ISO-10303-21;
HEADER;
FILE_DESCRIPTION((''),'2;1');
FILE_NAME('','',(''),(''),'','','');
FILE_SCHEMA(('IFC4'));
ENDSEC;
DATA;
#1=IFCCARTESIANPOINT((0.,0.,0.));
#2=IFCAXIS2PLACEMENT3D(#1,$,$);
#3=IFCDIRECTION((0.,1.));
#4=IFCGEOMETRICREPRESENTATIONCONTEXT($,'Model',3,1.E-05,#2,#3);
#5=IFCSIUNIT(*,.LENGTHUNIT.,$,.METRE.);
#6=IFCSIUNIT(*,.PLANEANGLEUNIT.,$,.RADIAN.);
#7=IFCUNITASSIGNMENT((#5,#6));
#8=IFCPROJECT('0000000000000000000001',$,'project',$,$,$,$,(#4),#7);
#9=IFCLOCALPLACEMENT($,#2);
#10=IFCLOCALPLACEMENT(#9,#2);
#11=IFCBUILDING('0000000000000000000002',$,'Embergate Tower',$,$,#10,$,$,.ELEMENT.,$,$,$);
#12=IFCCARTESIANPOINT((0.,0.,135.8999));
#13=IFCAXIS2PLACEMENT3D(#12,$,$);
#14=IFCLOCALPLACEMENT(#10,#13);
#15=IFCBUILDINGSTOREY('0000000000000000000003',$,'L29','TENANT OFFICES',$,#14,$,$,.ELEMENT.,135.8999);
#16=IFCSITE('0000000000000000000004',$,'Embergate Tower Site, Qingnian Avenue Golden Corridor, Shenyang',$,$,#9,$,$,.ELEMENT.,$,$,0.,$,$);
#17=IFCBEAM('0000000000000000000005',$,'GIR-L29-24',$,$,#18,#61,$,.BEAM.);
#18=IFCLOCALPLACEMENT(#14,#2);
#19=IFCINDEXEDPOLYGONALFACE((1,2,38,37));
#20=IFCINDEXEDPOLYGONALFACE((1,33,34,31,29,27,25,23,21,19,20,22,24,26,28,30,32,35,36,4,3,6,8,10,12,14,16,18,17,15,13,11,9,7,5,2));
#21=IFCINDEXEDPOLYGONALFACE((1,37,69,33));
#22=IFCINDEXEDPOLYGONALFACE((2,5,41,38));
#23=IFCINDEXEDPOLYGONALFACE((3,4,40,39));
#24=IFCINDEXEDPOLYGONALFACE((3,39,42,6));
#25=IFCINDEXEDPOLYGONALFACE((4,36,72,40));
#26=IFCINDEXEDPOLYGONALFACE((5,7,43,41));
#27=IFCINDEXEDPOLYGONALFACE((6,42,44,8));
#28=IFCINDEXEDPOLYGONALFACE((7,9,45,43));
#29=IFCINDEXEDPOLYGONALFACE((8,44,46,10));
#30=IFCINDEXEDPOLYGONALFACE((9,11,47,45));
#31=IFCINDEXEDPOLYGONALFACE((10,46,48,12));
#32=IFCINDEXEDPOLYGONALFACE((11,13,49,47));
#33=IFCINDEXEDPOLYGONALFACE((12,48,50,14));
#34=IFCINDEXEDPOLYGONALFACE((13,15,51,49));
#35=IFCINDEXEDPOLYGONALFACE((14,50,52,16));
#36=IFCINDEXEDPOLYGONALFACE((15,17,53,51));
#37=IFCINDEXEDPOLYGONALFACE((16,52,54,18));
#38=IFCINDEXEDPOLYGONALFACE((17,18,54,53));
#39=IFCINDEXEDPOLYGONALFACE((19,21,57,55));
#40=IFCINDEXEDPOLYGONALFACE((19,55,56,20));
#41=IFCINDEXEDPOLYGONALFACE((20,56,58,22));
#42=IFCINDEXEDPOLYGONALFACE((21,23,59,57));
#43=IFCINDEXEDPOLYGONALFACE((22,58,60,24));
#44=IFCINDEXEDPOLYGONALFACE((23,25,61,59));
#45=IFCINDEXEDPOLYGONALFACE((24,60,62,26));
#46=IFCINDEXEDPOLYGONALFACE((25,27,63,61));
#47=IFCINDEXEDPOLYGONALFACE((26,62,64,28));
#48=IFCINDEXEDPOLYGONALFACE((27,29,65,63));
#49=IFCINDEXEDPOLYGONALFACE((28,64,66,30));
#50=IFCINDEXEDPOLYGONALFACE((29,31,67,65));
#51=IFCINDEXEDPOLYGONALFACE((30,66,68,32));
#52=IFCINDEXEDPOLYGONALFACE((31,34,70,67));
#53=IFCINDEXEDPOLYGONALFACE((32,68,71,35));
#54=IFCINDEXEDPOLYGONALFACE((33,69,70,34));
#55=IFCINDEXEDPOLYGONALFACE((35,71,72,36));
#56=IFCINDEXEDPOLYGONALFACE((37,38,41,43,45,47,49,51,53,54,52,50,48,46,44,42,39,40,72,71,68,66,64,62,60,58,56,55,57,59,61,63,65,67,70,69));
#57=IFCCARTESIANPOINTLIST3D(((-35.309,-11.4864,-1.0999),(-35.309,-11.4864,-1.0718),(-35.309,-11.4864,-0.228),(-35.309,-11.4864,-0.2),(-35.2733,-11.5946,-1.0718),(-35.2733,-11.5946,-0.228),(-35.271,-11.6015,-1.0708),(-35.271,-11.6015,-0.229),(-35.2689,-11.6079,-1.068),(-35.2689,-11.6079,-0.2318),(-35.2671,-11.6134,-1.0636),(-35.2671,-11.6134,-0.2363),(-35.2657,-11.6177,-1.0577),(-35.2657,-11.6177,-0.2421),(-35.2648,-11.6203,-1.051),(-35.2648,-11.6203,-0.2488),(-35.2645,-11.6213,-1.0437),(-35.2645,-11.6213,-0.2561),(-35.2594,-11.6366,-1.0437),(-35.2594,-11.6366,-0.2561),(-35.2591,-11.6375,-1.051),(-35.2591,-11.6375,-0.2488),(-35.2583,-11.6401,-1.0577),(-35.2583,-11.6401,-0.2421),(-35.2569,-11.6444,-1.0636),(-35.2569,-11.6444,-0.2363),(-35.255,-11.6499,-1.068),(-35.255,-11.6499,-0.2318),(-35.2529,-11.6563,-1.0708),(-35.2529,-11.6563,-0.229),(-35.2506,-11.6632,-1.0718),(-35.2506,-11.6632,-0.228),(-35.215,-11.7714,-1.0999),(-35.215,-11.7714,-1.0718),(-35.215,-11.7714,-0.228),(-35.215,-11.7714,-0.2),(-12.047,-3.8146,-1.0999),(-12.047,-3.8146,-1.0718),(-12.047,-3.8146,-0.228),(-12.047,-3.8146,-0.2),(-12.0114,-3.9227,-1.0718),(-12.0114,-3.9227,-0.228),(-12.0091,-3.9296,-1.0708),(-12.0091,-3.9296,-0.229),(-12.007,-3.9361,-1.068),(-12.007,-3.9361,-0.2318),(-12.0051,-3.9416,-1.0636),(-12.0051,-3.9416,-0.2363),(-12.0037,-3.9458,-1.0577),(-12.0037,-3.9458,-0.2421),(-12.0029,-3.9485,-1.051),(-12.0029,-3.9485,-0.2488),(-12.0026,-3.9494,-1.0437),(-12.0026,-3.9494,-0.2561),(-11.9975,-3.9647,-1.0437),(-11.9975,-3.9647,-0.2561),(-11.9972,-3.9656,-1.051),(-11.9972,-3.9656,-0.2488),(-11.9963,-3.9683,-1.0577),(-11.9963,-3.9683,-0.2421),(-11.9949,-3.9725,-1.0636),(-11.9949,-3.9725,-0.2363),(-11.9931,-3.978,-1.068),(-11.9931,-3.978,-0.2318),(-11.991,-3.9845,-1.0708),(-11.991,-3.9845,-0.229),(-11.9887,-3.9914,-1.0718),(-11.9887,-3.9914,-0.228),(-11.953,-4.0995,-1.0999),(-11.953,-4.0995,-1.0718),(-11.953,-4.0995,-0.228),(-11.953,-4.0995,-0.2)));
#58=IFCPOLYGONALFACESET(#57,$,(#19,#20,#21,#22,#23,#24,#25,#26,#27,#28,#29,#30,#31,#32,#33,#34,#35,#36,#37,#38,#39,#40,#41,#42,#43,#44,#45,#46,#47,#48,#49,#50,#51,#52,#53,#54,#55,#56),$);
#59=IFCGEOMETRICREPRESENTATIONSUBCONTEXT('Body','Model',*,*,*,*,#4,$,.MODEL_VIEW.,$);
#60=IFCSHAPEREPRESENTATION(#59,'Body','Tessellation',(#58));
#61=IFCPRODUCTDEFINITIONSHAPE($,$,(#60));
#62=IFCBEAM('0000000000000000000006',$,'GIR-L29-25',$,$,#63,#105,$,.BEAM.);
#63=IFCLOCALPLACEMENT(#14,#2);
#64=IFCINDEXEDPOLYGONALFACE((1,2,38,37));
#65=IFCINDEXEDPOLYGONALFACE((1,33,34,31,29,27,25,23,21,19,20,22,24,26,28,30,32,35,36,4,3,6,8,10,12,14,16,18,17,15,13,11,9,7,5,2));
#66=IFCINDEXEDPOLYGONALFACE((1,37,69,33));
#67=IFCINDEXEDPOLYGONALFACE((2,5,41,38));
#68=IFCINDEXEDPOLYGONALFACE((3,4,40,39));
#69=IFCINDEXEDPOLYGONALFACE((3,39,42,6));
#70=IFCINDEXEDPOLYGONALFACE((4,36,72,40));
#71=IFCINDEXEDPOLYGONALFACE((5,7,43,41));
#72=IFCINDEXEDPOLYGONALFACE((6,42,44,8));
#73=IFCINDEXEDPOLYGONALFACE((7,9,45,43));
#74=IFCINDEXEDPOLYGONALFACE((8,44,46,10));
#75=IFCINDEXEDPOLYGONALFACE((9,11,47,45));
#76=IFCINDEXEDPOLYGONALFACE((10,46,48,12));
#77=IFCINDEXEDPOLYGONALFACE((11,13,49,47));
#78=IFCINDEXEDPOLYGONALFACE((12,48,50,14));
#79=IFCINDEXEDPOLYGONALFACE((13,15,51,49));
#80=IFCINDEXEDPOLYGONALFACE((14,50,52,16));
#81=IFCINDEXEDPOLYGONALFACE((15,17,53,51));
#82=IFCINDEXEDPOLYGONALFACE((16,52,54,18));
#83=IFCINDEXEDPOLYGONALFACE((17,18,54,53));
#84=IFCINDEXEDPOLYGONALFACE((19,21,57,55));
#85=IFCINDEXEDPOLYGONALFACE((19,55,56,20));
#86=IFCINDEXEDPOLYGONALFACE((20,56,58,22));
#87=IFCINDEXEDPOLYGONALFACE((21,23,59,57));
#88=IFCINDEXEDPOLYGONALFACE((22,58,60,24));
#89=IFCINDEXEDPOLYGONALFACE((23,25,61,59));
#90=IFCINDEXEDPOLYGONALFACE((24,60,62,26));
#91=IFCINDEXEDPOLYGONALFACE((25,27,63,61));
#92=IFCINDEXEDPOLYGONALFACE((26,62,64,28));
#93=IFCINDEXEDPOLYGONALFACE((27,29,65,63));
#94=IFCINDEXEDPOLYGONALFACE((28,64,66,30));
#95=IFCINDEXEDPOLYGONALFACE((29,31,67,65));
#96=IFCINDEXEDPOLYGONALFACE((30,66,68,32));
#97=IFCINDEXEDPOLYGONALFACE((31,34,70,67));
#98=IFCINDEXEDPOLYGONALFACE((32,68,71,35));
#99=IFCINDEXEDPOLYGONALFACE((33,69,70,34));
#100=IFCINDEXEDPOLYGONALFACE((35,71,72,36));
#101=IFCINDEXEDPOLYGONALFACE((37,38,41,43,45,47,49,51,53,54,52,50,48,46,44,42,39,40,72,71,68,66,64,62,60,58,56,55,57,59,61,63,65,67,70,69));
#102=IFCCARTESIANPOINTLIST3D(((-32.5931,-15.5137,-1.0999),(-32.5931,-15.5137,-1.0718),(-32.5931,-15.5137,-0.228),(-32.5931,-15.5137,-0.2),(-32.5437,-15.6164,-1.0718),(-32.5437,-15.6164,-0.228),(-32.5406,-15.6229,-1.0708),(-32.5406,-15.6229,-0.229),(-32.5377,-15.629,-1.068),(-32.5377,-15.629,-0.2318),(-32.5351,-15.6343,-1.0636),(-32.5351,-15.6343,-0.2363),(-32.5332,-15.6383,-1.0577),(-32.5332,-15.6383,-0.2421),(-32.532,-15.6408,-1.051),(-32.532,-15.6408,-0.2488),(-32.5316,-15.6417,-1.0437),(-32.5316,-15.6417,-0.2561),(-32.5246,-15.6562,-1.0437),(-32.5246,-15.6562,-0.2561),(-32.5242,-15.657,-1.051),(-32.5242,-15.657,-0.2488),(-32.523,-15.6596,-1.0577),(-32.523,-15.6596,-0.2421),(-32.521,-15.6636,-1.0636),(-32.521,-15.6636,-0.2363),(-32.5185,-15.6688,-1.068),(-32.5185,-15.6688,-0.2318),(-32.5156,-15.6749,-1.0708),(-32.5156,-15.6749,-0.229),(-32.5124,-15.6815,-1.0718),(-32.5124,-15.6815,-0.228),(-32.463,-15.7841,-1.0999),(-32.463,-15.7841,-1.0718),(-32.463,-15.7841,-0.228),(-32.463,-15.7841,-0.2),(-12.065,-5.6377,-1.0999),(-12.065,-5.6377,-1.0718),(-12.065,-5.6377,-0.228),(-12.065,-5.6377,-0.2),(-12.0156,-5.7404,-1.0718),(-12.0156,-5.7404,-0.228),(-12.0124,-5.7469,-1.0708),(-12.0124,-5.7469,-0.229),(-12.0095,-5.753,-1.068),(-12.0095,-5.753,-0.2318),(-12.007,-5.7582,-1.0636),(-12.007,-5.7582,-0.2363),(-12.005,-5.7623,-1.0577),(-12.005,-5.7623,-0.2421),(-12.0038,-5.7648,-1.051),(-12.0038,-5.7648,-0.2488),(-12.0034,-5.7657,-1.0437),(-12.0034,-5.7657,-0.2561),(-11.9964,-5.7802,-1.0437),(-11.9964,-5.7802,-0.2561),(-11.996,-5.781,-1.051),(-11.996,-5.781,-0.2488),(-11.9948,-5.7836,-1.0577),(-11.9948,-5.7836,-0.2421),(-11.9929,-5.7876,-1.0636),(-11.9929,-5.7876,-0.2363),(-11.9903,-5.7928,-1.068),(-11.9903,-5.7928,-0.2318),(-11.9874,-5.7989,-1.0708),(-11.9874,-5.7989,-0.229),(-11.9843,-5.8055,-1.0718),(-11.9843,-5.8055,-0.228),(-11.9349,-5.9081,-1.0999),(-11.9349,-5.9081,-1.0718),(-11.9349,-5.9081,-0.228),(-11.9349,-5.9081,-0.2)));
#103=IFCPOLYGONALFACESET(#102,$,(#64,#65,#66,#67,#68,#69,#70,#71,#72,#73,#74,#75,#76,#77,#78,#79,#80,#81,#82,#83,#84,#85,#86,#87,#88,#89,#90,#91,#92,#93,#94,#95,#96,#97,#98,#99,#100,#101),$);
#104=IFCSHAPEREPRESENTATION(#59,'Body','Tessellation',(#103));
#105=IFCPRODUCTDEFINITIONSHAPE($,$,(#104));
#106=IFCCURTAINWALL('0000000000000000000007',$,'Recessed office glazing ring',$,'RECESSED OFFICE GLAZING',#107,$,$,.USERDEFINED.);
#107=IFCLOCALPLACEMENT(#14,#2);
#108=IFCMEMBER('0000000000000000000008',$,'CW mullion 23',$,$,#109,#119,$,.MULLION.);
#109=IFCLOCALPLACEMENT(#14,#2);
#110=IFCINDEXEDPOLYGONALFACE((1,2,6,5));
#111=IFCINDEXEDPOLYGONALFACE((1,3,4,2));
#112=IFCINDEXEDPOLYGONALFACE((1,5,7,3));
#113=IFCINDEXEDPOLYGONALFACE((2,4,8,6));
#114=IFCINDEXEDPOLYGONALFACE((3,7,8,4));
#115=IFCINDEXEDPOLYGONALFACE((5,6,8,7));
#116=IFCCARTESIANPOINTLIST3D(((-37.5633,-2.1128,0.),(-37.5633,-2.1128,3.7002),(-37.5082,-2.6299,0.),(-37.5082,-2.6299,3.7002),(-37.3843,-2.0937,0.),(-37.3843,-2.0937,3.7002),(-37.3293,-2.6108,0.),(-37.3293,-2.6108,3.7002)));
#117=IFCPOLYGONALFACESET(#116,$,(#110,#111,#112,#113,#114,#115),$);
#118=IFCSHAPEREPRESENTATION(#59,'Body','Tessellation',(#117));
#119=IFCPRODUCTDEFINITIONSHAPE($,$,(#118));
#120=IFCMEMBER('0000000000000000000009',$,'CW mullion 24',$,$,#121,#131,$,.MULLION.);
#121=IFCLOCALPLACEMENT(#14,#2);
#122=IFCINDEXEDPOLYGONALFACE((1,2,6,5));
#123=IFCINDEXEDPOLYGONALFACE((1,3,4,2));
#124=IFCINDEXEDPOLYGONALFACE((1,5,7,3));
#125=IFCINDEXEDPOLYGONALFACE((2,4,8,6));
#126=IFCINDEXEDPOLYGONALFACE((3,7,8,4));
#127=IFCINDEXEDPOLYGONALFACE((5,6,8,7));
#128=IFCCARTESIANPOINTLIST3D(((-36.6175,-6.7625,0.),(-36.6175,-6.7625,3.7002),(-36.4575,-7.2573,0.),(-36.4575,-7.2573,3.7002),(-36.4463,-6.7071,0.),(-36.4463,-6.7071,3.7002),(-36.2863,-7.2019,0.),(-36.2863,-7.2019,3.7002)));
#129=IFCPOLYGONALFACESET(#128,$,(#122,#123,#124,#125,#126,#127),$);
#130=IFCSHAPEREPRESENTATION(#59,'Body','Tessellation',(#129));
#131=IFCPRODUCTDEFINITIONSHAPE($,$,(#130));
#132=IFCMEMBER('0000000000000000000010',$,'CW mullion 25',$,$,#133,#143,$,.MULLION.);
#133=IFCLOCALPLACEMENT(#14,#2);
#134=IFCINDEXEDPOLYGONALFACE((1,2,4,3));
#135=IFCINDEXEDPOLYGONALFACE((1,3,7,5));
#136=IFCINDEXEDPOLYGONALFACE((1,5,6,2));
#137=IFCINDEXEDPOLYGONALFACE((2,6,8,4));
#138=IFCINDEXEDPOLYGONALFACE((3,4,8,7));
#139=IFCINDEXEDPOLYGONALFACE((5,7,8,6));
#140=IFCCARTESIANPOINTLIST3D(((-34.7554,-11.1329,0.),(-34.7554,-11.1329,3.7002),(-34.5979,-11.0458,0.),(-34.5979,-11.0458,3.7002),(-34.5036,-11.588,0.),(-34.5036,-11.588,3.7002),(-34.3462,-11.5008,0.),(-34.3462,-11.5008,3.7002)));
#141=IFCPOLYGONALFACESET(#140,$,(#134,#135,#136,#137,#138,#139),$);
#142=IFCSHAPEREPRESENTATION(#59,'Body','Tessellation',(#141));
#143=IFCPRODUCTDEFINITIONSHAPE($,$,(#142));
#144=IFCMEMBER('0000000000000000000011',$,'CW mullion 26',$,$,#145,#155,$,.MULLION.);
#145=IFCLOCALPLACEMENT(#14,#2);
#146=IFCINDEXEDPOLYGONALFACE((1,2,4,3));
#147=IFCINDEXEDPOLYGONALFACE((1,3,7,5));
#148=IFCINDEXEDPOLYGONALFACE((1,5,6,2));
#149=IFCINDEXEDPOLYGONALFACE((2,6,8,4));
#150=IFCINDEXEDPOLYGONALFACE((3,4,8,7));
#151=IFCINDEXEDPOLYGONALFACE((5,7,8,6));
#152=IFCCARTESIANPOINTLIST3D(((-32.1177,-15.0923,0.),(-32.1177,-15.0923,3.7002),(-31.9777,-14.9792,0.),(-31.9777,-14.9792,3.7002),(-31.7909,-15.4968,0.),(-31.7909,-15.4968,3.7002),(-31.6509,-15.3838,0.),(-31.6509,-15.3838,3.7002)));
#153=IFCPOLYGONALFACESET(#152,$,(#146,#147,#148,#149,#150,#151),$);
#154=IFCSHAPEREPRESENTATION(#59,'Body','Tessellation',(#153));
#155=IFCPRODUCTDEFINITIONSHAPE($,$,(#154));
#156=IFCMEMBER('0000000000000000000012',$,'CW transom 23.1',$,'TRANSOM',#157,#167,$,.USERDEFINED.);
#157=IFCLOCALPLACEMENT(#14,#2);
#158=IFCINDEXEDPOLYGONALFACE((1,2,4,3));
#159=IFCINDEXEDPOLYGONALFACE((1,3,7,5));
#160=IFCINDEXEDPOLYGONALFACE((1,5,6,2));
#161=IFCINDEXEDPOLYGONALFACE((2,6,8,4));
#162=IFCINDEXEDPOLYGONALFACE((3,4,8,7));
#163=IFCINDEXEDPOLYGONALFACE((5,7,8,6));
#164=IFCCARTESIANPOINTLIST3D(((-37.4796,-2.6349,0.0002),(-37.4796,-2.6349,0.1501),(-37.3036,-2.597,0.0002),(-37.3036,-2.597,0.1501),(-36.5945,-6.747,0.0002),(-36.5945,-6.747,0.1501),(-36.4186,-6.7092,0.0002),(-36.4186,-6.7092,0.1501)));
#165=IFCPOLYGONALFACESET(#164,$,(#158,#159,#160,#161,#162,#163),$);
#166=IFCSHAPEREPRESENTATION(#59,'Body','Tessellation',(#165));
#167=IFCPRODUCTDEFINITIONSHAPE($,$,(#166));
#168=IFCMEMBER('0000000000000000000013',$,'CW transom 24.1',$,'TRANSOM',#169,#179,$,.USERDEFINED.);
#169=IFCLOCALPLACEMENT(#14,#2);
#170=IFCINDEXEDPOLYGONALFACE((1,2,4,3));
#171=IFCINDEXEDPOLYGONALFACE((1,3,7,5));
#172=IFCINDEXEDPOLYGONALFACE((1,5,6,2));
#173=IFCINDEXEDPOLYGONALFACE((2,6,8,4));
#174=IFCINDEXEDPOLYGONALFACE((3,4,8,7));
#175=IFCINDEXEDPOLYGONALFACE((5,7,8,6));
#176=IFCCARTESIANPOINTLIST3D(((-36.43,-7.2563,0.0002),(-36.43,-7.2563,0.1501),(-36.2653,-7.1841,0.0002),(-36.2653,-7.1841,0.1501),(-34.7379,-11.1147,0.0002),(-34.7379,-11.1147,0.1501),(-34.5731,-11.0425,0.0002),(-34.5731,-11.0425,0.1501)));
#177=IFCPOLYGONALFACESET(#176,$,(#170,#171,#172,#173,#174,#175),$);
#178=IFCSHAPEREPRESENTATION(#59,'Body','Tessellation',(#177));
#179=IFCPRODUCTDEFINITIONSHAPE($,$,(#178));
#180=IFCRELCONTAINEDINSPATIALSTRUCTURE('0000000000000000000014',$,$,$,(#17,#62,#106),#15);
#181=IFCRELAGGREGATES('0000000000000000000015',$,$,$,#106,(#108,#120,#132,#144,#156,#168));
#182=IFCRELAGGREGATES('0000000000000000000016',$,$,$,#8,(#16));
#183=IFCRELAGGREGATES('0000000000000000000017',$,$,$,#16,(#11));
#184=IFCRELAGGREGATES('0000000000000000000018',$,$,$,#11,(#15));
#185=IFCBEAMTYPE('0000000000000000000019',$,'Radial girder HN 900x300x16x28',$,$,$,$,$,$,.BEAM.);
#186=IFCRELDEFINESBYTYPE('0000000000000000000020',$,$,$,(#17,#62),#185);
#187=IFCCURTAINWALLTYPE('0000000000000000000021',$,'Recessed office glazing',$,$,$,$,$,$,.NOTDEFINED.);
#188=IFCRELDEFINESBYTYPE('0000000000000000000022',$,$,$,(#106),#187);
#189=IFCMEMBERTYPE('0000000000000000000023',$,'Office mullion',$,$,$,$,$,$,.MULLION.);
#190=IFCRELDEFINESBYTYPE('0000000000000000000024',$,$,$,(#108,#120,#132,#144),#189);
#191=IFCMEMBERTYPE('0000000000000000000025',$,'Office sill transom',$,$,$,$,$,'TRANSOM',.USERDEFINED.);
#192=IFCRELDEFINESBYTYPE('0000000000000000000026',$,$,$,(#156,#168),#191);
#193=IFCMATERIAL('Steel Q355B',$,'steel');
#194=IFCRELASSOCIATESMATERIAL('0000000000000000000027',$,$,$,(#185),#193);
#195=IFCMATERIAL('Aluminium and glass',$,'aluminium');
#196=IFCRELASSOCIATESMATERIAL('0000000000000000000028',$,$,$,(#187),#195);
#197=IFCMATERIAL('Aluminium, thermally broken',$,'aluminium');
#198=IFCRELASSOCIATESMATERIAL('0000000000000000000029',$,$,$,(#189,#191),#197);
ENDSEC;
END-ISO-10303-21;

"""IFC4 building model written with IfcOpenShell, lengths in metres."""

from ifc_helpers import new_model, si_unit, direction, frame, origin, origin_2d, place, context, subcontext, project, spatial, rectangle, i_section, extrude, source, transform, mapped, material, material_profile, profile_set, type_object, element, aggregate, save


model = new_model("IFC4")

# Units and contexts
model_context = context("Model", 3, precision=1e-05, world=origin(), true_north=direction((0.0, 1.0)))
body_context = subcontext(model_context, "Body", "Model", "MODEL_VIEW")
ifc_project = project(units=[si_unit("LENGTHUNIT", "METRE"), si_unit("PLANEANGLEUNIT", "RADIAN")], contexts=[model_context])

# Site, building, storey
site_placement = place(None, origin())
site = spatial("IfcSite", under=ifc_project, at=site_placement, Name="Embergate Tower Site, Qingnian Avenue Golden Corridor, Shenyang", CompositionType="ELEMENT", RefElevation=0.0)
building_placement = place(site_placement, origin())
building = spatial("IfcBuilding", under=site, at=building_placement, Name="Embergate Tower", CompositionType="ELEMENT")
storey_placement = place(building_placement, frame((0.0, 0.0, 135.8999)))
storey = spatial("IfcBuildingStorey", under=building, at=storey_placement, Name="L29", Description="TENANT OFFICES", CompositionType="ELEMENT", Elevation=135.8999)

# Beams
ifc_material_1 = material(Name="Steel Q355B", Category="steel")
ifc_material_profile_1 = material_profile(ifc_material_1, i_section(OverallWidth=0.3, OverallDepth=0.8999, WebThickness=0.0161, FlangeThickness=0.0281, FilletRadius=0.0281, at=origin_2d()), Name="HN 900x300x16x28")
ifc_profile_set_1 = profile_set([ifc_material_profile_1], Name="Steel Q355 grade B")
beam_type_1 = type_object("IfcBeamType", Name="Radial girder HN 900x300x16x28", PredefinedType="BEAM", material=ifc_profile_set_1)
shared_shape_1 = source(origin(), body_context, "Body", "SweptSolid", [
    extrude(i_section(OverallWidth=0.3, OverallDepth=0.8999, WebThickness=0.0161, FlangeThickness=0.0281, FilletRadius=0.0281, at=origin_2d()), origin(), (0.0, 0.0, 1.0), 24.4944),
])
beam_1_placement = place(storey_placement, frame((-35.262, -11.6289, -0.6499), z_axis=(0.949684, 0.313209, 0.0), x_axis=(-0.313209, 0.949684, 0.0)))
element("IfcBeam", 1, at=beam_1_placement, inside=storey, type_object=beam_type_1, Name="GIR-L29-24", PredefinedType="BEAM", context=body_context, shape_type="MappedRepresentation", body=[
    mapped(shared_shape_1, transform((0.0, 0.0, 0.0))),
])
shared_shape_2 = source(origin(), body_context, "Body", "SweptSolid", [
    extrude(i_section(OverallWidth=0.3, OverallDepth=0.8999, WebThickness=0.0161, FlangeThickness=0.0281, FilletRadius=0.0281, at=origin_2d()), origin(), (0.0, 0.0, 1.0), 22.7803),
])
beam_2_placement = place(storey_placement, frame((-32.5281, -15.6489, -0.6499), z_axis=(0.901137, 0.433534, 0.0), x_axis=(-0.433534, 0.901137, 0.0)))
element("IfcBeam", 2, at=beam_2_placement, inside=storey, type_object=beam_type_1, Name="GIR-L29-25", PredefinedType="BEAM", context=body_context, shape_type="MappedRepresentation", body=[
    mapped(shared_shape_2, transform((0.0, 0.0, 0.0))),
])

# Curtain wall, members
ifc_material_2 = material(Name="Aluminium and glass", Category="aluminium")
curtain_wall_type = type_object("IfcCurtainWallType", Name="Recessed office glazing", PredefinedType="NOTDEFINED", material=ifc_material_2)
curtain_wall_placement = place(storey_placement, origin())
curtain_wall = element("IfcCurtainWall", 3, at=curtain_wall_placement, inside=storey, type_object=curtain_wall_type, Name="Recessed office glazing ring", ObjectType="RECESSED OFFICE GLAZING", PredefinedType="USERDEFINED")
ifc_material_3 = material(Name="Aluminium, thermally broken", Category="aluminium")
ifc_material_profile_2 = material_profile(ifc_material_3, rectangle(XDim=0.1799, YDim=0.52, at=origin_2d()), Name="AL 520x180")
ifc_profile_set_2 = profile_set([ifc_material_profile_2], Name="Aluminium, thermally broken")
member_type_1 = type_object("IfcMemberType", Name="Office mullion", PredefinedType="MULLION", material=ifc_profile_set_2)
shared_shape_3 = source(origin(), body_context, "Body", "SweptSolid", [
    extrude(rectangle(XDim=0.1799, YDim=0.52, at=origin_2d()), origin(), (0.0, 0.0, 1.0), 3.7002),
])
member_1_placement = place(storey_placement, frame((-37.4463, -2.3618, 0.0), z_axis=(0.0, 0.0, 1.0), x_axis=(0.994385, 0.105823, 0.0)))
member_1 = element("IfcMember", 4, at=member_1_placement, type_object=member_type_1, Name="CW mullion 23", PredefinedType="MULLION", context=body_context, shape_type="MappedRepresentation", body=[
    mapped(shared_shape_3, transform((0.0, 0.0, 0.0))),
])
member_2_placement = place(storey_placement, frame((-36.4519, -6.9822, 0.0), z_axis=(0.0, 0.0, 1.0), x_axis=(0.951498, 0.307656, 0.0)))
member_2 = element("IfcMember", 5, at=member_2_placement, type_object=member_type_1, Name="CW mullion 24", PredefinedType="MULLION", context=body_context, shape_type="MappedRepresentation", body=[
    mapped(shared_shape_3, transform((0.0, 0.0, 0.0))),
])
member_3_placement = place(storey_placement, frame((-34.5508, -11.3169, 0.0), z_axis=(0.0, 0.0, 1.0), x_axis=(0.875002, 0.484119, 0.0)))
member_3 = element("IfcMember", 6, at=member_3_placement, type_object=member_type_1, Name="CW mullion 25", PredefinedType="MULLION", context=body_context, shape_type="MappedRepresentation", body=[
    mapped(shared_shape_3, transform((0.0, 0.0, 0.0))),
])
member_4_placement = place(storey_placement, frame((-31.8843, -15.238, 0.0), z_axis=(0.0, 0.0, 1.0), x_axis=(0.777871, 0.628423, 0.0)))
member_4 = element("IfcMember", 7, at=member_4_placement, type_object=member_type_1, Name="CW mullion 26", PredefinedType="MULLION", context=body_context, shape_type="MappedRepresentation", body=[
    mapped(shared_shape_3, transform((0.0, 0.0, 0.0))),
])
ifc_material_profile_3 = material_profile(ifc_material_3, rectangle(XDim=0.1799, YDim=0.1499, at=origin_2d()), Name="AL 150x180")
ifc_profile_set_3 = profile_set([ifc_material_profile_3], Name="Aluminium, thermally broken")
member_type_2 = type_object("IfcMemberType", Name="Office sill transom", ElementType="TRANSOM", PredefinedType="USERDEFINED", material=ifc_profile_set_3)
shared_shape_4 = source(origin(), body_context, "Body", "SweptSolid", [
    extrude(rectangle(XDim=0.1799, YDim=0.1499, at=origin_2d()), origin(), (0.0, 0.0, 1.0), 4.2063),
])
member_5_placement = place(storey_placement, frame((-37.3916, -2.616, 0.0752), z_axis=(0.210405, -0.977614, 0.0), x_axis=(0.977614, 0.210405, 0.0)))
member_5 = element("IfcMember", 8, at=member_5_placement, type_object=member_type_2, Name="CW transom 23.1", ObjectType="TRANSOM", PredefinedType="USERDEFINED", context=body_context, shape_type="MappedRepresentation", body=[
    mapped(shared_shape_4, transform((0.0, 0.0, 0.0))),
])
shared_shape_5 = source(origin(), body_context, "Body", "SweptSolid", [
    extrude(rectangle(XDim=0.1799, YDim=0.1499, at=origin_2d()), origin(), (0.0, 0.0, 1.0), 4.2131),
])
member_6_placement = place(storey_placement, frame((-36.3477, -7.2202, 0.0752), z_axis=(0.401633, -0.915801, 0.0), x_axis=(0.915801, 0.401633, 0.0)))
member_6 = element("IfcMember", 9, at=member_6_placement, type_object=member_type_2, Name="CW transom 24.1", ObjectType="TRANSOM", PredefinedType="USERDEFINED", context=body_context, shape_type="MappedRepresentation", body=[
    mapped(shared_shape_5, transform((0.0, 0.0, 0.0))),
])
aggregate(curtain_wall, [member_1, member_2, member_3, member_4, member_5, member_6])

save(model, "model.ifc")
